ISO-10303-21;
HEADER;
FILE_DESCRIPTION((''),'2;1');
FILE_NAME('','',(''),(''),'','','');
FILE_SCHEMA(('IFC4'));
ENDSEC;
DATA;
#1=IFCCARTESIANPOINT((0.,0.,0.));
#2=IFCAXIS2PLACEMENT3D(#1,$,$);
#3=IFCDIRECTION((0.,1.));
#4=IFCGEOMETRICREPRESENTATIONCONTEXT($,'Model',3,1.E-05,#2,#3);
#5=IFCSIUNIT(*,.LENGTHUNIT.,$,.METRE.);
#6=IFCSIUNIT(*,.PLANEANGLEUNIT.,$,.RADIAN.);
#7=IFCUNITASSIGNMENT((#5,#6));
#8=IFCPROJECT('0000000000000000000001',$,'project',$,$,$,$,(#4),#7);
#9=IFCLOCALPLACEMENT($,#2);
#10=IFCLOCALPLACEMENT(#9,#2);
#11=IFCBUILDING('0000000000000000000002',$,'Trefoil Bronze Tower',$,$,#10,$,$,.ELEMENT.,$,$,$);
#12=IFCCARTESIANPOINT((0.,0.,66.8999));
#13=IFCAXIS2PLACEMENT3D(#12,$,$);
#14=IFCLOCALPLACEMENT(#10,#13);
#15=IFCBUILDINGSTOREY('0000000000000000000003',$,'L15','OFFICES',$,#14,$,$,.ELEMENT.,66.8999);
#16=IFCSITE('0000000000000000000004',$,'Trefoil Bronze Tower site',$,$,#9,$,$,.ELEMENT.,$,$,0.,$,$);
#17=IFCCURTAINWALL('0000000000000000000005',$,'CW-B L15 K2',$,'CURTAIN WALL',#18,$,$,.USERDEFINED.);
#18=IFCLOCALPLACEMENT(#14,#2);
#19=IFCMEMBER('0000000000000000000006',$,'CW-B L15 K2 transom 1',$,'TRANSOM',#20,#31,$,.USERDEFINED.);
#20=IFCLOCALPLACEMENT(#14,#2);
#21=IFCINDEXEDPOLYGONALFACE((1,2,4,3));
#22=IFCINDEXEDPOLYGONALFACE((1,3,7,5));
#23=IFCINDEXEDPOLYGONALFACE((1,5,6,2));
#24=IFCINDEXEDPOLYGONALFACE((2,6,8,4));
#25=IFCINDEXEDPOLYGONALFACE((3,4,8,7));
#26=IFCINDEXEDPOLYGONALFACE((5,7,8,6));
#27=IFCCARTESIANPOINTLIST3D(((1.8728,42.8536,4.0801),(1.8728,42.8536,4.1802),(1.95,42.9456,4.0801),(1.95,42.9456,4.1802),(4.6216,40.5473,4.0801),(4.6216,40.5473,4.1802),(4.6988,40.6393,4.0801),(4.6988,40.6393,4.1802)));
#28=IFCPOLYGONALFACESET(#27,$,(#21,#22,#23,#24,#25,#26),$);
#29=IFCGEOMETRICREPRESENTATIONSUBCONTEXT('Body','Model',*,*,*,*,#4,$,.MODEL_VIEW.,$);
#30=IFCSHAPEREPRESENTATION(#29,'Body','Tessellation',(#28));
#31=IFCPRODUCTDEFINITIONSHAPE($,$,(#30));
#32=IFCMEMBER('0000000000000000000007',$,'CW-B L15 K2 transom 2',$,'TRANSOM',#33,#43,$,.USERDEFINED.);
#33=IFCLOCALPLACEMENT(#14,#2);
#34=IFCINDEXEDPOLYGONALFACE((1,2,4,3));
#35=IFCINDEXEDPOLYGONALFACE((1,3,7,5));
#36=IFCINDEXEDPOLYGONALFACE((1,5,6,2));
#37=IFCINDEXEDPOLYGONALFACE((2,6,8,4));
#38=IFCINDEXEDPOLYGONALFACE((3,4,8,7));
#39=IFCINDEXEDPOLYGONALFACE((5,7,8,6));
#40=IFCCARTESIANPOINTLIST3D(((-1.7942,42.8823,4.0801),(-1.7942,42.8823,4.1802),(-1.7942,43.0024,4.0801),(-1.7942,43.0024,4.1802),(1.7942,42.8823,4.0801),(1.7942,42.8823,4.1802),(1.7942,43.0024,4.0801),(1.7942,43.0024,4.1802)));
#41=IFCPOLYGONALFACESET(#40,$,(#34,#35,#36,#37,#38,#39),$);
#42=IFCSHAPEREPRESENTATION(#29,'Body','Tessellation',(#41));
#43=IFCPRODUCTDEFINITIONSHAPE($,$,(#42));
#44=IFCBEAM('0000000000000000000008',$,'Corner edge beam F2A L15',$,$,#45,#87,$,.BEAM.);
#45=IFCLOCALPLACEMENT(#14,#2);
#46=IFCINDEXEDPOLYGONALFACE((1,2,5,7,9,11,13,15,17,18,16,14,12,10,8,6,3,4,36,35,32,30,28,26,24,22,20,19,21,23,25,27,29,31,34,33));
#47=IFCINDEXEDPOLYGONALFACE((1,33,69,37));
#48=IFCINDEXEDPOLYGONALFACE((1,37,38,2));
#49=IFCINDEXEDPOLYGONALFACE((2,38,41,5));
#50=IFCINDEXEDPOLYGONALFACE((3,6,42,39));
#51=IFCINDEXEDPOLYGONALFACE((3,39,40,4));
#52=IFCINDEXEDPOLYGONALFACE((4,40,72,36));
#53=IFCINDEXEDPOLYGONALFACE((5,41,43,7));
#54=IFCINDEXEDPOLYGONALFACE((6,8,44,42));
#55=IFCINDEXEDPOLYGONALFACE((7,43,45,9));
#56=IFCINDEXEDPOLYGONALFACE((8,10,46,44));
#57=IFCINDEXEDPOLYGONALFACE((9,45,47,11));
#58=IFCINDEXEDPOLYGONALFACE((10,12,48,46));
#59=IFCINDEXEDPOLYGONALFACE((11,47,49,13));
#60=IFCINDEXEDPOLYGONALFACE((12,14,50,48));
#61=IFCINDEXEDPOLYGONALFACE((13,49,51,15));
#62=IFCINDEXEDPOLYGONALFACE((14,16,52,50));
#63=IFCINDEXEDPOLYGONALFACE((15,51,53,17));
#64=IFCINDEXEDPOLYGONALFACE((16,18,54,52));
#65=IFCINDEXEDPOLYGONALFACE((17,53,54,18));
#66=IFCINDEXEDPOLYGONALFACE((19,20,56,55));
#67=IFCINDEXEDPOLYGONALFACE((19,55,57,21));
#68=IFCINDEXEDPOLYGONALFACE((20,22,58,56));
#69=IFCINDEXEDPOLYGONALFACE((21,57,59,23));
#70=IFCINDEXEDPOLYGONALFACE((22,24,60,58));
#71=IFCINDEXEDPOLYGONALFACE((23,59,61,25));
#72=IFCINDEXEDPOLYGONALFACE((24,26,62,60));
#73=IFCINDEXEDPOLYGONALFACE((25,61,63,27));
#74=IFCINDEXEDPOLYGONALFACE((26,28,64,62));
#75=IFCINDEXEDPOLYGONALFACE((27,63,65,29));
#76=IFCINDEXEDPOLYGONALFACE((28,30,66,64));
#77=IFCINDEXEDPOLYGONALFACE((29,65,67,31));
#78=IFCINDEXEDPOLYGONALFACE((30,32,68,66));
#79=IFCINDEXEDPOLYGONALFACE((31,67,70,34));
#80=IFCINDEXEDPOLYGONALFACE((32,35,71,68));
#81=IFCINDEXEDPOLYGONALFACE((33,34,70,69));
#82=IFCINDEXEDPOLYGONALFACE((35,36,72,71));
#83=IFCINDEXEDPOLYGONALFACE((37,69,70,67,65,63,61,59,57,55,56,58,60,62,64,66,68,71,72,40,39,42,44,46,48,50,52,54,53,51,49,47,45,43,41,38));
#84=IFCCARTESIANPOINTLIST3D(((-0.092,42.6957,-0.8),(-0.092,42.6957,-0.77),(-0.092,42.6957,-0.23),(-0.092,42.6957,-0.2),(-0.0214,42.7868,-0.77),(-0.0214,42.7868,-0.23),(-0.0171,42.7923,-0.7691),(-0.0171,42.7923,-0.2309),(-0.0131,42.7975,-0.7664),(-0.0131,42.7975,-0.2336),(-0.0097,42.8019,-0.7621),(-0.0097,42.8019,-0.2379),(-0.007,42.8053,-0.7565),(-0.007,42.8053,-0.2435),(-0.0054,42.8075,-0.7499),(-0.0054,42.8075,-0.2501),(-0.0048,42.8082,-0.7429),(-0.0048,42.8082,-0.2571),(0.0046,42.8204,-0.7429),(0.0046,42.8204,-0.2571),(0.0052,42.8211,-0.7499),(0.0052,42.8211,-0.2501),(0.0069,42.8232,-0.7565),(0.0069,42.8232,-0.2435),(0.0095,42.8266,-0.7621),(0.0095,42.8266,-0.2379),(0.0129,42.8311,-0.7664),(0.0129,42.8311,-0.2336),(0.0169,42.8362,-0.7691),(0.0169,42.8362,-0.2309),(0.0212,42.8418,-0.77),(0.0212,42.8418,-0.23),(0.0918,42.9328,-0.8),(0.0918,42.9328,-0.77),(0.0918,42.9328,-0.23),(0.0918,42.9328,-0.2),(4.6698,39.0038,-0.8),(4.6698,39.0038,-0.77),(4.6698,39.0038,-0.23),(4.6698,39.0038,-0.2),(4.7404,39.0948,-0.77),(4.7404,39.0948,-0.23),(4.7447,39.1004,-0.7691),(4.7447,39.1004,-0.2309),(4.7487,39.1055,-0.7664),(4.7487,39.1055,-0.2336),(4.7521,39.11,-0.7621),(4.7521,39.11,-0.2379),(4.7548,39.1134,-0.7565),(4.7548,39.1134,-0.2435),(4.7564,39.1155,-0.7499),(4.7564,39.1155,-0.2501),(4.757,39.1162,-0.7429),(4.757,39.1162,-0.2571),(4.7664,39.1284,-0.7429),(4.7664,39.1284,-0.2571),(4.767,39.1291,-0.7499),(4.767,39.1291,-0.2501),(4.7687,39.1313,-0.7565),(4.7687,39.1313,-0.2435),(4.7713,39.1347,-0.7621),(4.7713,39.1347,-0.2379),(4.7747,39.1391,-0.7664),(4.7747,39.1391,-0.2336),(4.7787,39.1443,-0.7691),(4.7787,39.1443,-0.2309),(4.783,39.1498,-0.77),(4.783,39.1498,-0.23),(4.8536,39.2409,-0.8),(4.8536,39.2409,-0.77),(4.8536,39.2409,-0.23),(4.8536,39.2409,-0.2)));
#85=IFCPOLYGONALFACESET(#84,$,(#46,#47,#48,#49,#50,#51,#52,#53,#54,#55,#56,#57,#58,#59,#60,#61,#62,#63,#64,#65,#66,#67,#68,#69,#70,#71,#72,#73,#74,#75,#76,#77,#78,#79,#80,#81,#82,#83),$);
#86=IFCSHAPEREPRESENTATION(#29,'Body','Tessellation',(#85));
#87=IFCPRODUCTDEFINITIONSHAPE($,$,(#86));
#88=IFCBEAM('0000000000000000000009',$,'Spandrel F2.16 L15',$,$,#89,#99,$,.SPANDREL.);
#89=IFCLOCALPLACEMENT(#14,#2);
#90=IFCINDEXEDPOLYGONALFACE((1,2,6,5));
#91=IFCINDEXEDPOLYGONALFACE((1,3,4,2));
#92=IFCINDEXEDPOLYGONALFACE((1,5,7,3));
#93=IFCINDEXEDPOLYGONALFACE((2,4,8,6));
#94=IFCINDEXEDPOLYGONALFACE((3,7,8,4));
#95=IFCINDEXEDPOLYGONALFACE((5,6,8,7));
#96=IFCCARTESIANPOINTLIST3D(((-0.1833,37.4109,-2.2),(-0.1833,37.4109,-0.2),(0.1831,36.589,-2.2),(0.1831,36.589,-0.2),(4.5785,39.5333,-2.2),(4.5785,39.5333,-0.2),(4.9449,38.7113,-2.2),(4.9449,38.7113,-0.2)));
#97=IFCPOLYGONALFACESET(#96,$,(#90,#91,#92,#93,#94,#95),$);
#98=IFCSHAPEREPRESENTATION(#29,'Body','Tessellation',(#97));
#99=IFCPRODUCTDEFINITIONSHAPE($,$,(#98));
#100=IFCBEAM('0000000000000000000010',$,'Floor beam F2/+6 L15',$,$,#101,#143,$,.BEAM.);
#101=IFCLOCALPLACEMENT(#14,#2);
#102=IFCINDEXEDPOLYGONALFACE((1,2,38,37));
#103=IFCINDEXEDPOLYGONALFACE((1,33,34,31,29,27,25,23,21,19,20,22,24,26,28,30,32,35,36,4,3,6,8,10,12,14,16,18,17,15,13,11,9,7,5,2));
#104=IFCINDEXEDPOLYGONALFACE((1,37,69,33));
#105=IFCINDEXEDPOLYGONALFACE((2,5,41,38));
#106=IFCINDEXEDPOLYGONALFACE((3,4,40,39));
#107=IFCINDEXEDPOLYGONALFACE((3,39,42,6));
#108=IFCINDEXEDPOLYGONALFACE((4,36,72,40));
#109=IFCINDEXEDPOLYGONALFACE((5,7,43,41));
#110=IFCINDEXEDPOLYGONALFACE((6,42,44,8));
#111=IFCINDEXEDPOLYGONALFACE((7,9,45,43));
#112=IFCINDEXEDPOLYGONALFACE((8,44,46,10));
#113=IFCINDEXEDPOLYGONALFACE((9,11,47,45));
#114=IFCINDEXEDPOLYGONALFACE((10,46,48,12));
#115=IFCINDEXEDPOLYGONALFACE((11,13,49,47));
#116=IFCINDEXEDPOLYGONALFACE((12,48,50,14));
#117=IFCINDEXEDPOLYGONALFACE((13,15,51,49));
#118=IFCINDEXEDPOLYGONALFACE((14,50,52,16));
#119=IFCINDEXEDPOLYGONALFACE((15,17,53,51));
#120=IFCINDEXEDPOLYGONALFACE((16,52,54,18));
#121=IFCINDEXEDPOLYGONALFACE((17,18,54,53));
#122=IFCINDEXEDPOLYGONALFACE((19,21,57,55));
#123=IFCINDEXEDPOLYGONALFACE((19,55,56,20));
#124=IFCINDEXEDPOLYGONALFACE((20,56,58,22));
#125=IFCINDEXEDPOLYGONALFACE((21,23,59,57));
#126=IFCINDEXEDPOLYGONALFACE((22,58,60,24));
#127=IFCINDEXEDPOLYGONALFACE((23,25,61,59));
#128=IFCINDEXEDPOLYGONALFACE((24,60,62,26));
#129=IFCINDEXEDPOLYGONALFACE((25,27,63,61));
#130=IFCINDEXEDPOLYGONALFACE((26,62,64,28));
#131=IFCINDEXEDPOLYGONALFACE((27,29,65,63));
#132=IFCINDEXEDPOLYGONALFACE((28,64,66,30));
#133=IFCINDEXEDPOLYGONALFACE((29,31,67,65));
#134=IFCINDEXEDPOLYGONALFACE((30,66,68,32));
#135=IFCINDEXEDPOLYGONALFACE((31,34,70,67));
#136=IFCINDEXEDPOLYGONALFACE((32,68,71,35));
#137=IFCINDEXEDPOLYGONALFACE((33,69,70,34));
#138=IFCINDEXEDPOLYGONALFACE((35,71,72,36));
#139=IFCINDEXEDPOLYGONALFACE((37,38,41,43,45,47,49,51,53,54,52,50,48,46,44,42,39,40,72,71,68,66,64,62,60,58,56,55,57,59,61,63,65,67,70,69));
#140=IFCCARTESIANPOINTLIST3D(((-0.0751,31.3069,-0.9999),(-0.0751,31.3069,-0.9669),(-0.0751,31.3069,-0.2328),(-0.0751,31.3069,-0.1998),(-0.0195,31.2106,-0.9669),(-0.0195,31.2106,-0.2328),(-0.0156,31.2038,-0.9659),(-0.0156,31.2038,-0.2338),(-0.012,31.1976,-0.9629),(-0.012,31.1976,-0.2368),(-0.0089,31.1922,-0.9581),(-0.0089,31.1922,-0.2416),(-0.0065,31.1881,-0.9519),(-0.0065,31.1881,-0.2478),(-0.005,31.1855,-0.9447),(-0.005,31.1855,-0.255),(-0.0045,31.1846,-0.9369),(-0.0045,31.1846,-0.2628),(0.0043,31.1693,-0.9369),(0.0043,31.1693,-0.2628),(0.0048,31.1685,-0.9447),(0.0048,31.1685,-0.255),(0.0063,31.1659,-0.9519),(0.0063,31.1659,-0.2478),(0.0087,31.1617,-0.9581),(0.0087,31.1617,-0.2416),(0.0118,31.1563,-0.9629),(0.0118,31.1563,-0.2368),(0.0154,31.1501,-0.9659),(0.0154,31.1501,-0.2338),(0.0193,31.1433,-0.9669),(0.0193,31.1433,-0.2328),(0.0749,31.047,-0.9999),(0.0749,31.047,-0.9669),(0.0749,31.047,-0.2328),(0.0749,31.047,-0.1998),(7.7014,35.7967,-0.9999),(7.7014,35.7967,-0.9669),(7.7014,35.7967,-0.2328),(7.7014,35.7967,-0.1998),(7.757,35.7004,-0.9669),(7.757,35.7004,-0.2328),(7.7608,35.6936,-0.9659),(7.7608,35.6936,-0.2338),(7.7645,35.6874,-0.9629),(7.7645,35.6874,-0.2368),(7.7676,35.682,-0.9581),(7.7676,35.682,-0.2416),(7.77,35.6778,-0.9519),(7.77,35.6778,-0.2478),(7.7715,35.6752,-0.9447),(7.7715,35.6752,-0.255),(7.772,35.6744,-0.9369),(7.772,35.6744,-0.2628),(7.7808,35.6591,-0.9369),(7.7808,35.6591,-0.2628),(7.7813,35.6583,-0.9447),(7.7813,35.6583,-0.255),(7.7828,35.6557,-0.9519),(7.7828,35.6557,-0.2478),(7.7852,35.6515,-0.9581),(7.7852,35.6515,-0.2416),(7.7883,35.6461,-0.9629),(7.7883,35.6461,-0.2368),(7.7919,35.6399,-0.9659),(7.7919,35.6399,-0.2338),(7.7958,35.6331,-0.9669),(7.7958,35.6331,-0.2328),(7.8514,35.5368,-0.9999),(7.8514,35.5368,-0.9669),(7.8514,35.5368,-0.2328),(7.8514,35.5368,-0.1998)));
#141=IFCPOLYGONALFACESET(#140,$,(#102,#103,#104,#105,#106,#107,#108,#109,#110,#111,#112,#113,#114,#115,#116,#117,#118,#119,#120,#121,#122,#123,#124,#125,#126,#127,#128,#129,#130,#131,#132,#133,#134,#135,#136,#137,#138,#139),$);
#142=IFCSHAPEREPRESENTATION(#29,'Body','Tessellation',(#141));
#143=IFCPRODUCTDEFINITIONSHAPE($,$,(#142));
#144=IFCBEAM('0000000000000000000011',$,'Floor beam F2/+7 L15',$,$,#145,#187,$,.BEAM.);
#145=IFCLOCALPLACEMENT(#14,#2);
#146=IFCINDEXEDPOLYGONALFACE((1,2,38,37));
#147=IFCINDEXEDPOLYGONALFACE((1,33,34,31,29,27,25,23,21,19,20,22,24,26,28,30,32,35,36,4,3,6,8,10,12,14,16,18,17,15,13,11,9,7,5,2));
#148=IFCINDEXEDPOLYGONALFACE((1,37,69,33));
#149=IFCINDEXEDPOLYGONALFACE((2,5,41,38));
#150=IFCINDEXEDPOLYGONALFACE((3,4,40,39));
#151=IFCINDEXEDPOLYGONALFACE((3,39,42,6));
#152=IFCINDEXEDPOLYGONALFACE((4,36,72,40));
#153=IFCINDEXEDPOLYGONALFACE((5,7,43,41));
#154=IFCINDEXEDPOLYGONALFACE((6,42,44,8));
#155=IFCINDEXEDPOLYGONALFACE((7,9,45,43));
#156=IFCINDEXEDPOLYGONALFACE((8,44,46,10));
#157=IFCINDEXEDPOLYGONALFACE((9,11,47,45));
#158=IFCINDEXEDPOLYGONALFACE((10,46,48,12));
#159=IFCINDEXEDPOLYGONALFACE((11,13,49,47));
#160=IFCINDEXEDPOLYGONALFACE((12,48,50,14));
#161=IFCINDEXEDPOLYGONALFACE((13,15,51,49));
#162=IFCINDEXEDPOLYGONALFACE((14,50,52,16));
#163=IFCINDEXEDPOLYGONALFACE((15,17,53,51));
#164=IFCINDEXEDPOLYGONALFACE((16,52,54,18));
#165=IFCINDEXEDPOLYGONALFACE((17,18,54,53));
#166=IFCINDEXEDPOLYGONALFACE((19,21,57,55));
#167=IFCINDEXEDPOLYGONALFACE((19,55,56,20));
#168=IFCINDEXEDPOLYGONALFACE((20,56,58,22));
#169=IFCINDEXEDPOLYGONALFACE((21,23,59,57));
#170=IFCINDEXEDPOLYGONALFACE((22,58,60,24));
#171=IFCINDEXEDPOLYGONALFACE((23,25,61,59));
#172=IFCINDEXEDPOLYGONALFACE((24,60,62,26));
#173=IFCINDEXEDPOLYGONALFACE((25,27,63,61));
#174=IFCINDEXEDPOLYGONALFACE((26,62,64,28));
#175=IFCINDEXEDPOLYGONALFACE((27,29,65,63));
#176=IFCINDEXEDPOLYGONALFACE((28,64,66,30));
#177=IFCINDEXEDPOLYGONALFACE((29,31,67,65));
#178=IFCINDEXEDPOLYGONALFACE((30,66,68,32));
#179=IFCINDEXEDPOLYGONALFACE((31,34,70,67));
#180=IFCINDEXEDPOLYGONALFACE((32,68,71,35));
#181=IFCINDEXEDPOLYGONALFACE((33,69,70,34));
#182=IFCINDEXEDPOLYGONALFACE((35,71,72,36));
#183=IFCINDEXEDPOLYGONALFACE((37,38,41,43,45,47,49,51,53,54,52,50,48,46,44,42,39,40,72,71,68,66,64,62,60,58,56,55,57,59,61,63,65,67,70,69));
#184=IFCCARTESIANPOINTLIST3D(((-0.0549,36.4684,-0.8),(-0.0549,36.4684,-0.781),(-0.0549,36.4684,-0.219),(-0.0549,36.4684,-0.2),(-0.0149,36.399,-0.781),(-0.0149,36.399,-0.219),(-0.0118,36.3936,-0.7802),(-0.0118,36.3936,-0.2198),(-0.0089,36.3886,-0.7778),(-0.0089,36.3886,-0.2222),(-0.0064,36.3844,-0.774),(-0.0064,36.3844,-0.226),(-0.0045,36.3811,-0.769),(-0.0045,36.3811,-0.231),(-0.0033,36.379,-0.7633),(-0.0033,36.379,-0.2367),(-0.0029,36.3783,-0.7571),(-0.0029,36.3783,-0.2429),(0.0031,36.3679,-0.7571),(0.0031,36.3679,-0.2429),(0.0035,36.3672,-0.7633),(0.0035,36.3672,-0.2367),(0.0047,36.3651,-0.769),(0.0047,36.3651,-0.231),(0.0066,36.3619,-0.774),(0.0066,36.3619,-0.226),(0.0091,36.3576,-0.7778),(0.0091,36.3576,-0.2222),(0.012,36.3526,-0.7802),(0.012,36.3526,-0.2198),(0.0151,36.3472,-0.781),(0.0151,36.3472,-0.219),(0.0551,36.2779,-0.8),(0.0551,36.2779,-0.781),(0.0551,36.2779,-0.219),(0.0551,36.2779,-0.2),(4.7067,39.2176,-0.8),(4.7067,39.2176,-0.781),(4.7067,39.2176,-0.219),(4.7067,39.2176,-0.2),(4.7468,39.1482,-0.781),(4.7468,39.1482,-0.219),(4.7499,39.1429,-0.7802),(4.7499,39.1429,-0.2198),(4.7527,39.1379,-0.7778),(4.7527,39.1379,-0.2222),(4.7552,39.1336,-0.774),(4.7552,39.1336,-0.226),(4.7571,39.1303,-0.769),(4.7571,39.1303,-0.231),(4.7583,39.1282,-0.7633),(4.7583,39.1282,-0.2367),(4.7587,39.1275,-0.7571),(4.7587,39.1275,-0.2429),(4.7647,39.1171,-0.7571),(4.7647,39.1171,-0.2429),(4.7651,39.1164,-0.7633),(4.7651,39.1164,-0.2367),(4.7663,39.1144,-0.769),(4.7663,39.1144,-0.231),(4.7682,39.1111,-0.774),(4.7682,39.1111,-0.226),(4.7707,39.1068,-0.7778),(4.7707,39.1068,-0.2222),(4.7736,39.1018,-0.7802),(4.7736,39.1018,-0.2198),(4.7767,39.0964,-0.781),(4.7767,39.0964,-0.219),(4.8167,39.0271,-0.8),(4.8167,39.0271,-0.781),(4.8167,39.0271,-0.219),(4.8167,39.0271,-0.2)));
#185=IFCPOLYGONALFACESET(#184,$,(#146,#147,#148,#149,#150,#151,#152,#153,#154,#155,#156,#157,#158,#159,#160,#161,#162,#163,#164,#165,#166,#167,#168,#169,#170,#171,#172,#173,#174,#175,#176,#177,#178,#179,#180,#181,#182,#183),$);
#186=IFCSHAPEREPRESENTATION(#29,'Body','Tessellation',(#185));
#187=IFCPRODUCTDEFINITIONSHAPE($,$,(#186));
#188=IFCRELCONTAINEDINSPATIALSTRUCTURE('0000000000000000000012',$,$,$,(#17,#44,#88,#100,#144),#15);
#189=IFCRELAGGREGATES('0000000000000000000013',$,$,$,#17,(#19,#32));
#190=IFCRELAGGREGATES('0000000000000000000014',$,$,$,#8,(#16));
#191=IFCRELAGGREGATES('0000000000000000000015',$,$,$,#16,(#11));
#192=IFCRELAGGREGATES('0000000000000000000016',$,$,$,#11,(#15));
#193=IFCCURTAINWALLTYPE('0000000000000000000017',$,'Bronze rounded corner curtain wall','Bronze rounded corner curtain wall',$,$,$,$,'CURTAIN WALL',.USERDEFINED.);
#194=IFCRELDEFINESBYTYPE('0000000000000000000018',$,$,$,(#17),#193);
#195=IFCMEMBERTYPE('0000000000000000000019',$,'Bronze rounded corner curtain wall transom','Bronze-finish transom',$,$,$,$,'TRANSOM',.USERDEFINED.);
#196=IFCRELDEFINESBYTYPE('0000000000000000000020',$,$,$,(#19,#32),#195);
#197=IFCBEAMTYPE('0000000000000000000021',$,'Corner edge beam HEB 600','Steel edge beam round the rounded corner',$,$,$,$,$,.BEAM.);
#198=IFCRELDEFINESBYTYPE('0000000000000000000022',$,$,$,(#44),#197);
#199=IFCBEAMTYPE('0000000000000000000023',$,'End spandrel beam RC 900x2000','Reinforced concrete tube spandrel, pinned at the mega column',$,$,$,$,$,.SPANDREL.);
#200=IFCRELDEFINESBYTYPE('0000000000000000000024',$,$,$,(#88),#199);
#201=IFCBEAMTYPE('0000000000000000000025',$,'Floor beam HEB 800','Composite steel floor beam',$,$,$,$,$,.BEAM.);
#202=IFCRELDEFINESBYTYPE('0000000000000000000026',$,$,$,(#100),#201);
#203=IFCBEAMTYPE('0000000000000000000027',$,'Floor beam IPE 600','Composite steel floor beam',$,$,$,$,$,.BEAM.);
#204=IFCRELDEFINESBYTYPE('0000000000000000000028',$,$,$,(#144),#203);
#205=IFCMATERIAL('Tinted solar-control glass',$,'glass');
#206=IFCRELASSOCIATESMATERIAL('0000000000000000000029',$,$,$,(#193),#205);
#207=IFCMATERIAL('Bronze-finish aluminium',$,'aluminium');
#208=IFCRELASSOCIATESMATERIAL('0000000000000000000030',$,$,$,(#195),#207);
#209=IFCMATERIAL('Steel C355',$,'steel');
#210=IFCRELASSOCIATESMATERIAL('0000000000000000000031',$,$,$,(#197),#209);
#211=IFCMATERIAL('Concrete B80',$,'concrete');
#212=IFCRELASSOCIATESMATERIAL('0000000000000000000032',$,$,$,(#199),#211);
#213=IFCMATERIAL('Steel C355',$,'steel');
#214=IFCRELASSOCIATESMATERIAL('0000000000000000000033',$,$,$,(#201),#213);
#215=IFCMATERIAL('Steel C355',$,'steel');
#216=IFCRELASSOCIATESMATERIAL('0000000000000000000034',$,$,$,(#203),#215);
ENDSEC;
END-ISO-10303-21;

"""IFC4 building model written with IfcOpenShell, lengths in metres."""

from ifc_helpers import new_model, si_unit, direction, frame, origin, origin_2d, place, context, subcontext, project, spatial, rectangle, i_section, extrude, material, material_profile, profile_set, type_object, element, aggregate, save


model = new_model("IFC4")

# Units and contexts
model_context = context("Model", 3, precision=1e-05, world=origin(), true_north=direction((0.0, 1.0)))
body_context = subcontext(model_context, "Body", "Model", "MODEL_VIEW")
ifc_project = project(units=[si_unit("LENGTHUNIT", "METRE"), si_unit("PLANEANGLEUNIT", "RADIAN")], contexts=[model_context])

# Site, building, storey
site_placement = place(None, origin())
site = spatial("IfcSite", under=ifc_project, at=site_placement, Name="Trefoil Bronze Tower site", CompositionType="ELEMENT", RefElevation=0.0)
building_placement = place(site_placement, origin())
building = spatial("IfcBuilding", under=site, at=building_placement, Name="Trefoil Bronze Tower", CompositionType="ELEMENT")
storey_placement = place(building_placement, frame((0.0, 0.0, 66.8999)))
storey = spatial("IfcBuildingStorey", under=building, at=storey_placement, Name="L15", Description="OFFICES", CompositionType="ELEMENT", Elevation=66.8999)

# Curtain wall, members
ifc_material_1 = material(Name="Tinted solar-control glass", Category="glass")
curtain_wall_type_1 = type_object("IfcCurtainWallType", Name="Bronze rounded corner curtain wall", Description="Bronze rounded corner curtain wall", ElementType="CURTAIN WALL", PredefinedType="USERDEFINED", material=ifc_material_1)
curtain_wall_1_placement = place(storey_placement, origin())
curtain_wall_1 = element("IfcCurtainWall", 1, at=curtain_wall_1_placement, inside=storey, type_object=curtain_wall_type_1, Name="CW-B L15 K2", ObjectType="CURTAIN WALL", PredefinedType="USERDEFINED")
ifc_material_2 = material(Name="Bronze-finish aluminium", Category="aluminium")
ifc_material_profile_1 = material_profile(ifc_material_2, rectangle(XDim=0.1201, YDim=0.1001, at=origin_2d()), Name="CW-B transom")
ifc_profile_set_1 = profile_set([ifc_material_profile_1], Name="Bronze-finish aluminium")
member_type_1 = type_object("IfcMemberType", Name="Bronze rounded corner curtain wall transom", Description="Bronze-finish transom", ElementType="TRANSOM", PredefinedType="USERDEFINED", material=ifc_profile_set_1)
member_1_placement = place(storey_placement, frame((4.6602, 40.5933, 4.1301), z_axis=(-0.766059, 0.642771, 0.0), x_axis=(-0.642771, -0.766059, 0.0)))
member_1 = element("IfcMember", 2, at=member_1_placement, type_object=member_type_1, Name="CW-B L15 K2 transom 1", ObjectType="TRANSOM", PredefinedType="USERDEFINED", context=body_context, shape_type="SweptSolid", body=[
    extrude(rectangle(XDim=0.1201, YDim=0.1001, at=origin_2d()), origin(), (0.0, 0.0, 1.0), 3.5881),
])
member_2_placement = place(storey_placement, frame((1.7942, 42.9424, 4.1301), z_axis=(-1.0, 0.0, 0.0), x_axis=(0.0, -1.0, 0.0)))
member_2 = element("IfcMember", 3, at=member_2_placement, type_object=member_type_1, Name="CW-B L15 K2 transom 2", ObjectType="TRANSOM", PredefinedType="USERDEFINED", context=body_context, shape_type="SweptSolid", body=[
    extrude(rectangle(XDim=0.1201, YDim=0.1001, at=origin_2d()), origin(), (0.0, 0.0, 1.0), 3.5884),
])

# Beams
ifc_material_3 = material(Name="Steel C355", Category="steel")
ifc_material_profile_2 = material_profile(ifc_material_3, i_section(OverallWidth=0.3, OverallDepth=0.6001, WebThickness=0.0154, FlangeThickness=0.03, FilletRadius=0.0271, at=origin_2d()), Name="HEB 600")
ifc_profile_set_2 = profile_set([ifc_material_profile_2], Name="Steel C355")
beam_type_1 = type_object("IfcBeamType", Name="Corner edge beam HEB 600", Description="Steel edge beam round the rounded corner", PredefinedType="BEAM", material=ifc_profile_set_2)
beam_1_placement = place(storey_placement, frame((4.7617, 39.1223, -0.5), z_axis=(-0.790289, 0.612734, 0.0), x_axis=(-0.612734, -0.790289, 0.0)))
element("IfcBeam", 4, at=beam_1_placement, inside=storey, type_object=beam_type_1, Name="Corner edge beam F2A L15", PredefinedType="BEAM", context=body_context, shape_type="SweptSolid", body=[
    extrude(i_section(OverallWidth=0.3, OverallDepth=0.6001, WebThickness=0.0154, FlangeThickness=0.03, FilletRadius=0.0271, at=origin_2d()), origin(), (0.0, 0.0, 1.0), 6.0254),
])
ifc_material_4 = material(Name="Concrete B80", Category="concrete")
ifc_material_profile_3 = material_profile(ifc_material_4, rectangle(XDim=0.8999, YDim=2.0, at=origin_2d()), Name="RC 900x2000")
ifc_profile_set_3 = profile_set([ifc_material_profile_3], Name="Concrete B80")
beam_type_2 = type_object("IfcBeamType", Name="End spandrel beam RC 900x2000", Description="Reinforced concrete tube spandrel, pinned at the mega column", PredefinedType="SPANDREL", material=ifc_profile_set_3)
beam_2_placement = place(storey_placement, frame((4.7617, 39.1223, -1.2), z_axis=(-0.913384, -0.407099, 0.0), x_axis=(0.407099, -0.913384, 0.0)))
element("IfcBeam", 5, at=beam_2_placement, inside=storey, type_object=beam_type_2, Name="Spandrel F2.16 L15", PredefinedType="SPANDREL", context=body_context, shape_type="SweptSolid", body=[
    extrude(rectangle(XDim=0.8999, YDim=2.0, at=origin_2d()), origin(), (0.0, 0.0, 1.0), 5.2134),
])
ifc_material_5 = material(Name="Steel C355", Category="steel")
ifc_material_profile_4 = material_profile(ifc_material_5, i_section(OverallWidth=0.3, OverallDepth=0.8, WebThickness=0.0176, FlangeThickness=0.033, FilletRadius=0.03, at=origin_2d()), Name="HEB 800")
ifc_profile_set_4 = profile_set([ifc_material_profile_4], Name="Steel C355")
beam_type_3 = type_object("IfcBeamType", Name="Floor beam HEB 800", Description="Composite steel floor beam", PredefinedType="BEAM", material=ifc_profile_set_4)
beam_3_placement = place(storey_placement, frame((7.7764, 35.6667, -0.5999), z_axis=(-0.866023, -0.500005, 0.0), x_axis=(0.500005, -0.866023, 0.0)))
element("IfcBeam", 6, at=beam_3_placement, inside=storey, type_object=beam_type_3, Name="Floor beam F2/+6 L15", PredefinedType="BEAM", context=body_context, shape_type="SweptSolid", body=[
    extrude(i_section(OverallWidth=0.3, OverallDepth=0.8, WebThickness=0.0176, FlangeThickness=0.033, FilletRadius=0.03, at=origin_2d()), origin(), (0.0, 0.0, 1.0), 8.9795),
])
ifc_material_6 = material(Name="Steel C355", Category="steel")
ifc_material_profile_5 = material_profile(ifc_material_6, i_section(OverallWidth=0.22, OverallDepth=0.6001, WebThickness=0.012, FlangeThickness=0.019, FilletRadius=0.0239, at=origin_2d()), Name="IPE 600")
ifc_profile_set_5 = profile_set([ifc_material_profile_5], Name="Steel C355")
beam_type_4 = type_object("IfcBeamType", Name="Floor beam IPE 600", Description="Composite steel floor beam", PredefinedType="BEAM", material=ifc_profile_set_5)
beam_4_placement = place(storey_placement, frame((4.7617, 39.1223, -0.5), z_axis=(-0.866018, -0.500012, 0.0), x_axis=(0.500012, -0.866018, 0.0)))
element("IfcBeam", 7, at=beam_4_placement, inside=storey, type_object=beam_type_4, Name="Floor beam F2/+7 L15", PredefinedType="BEAM", context=body_context, shape_type="SweptSolid", body=[
    extrude(i_section(OverallWidth=0.22, OverallDepth=0.6001, WebThickness=0.012, FlangeThickness=0.019, FilletRadius=0.0239, at=origin_2d()), origin(), (0.0, 0.0, 1.0), 5.4983),
])

aggregate(curtain_wall_1, [member_1, member_2])

save(model, "model.ifc")
